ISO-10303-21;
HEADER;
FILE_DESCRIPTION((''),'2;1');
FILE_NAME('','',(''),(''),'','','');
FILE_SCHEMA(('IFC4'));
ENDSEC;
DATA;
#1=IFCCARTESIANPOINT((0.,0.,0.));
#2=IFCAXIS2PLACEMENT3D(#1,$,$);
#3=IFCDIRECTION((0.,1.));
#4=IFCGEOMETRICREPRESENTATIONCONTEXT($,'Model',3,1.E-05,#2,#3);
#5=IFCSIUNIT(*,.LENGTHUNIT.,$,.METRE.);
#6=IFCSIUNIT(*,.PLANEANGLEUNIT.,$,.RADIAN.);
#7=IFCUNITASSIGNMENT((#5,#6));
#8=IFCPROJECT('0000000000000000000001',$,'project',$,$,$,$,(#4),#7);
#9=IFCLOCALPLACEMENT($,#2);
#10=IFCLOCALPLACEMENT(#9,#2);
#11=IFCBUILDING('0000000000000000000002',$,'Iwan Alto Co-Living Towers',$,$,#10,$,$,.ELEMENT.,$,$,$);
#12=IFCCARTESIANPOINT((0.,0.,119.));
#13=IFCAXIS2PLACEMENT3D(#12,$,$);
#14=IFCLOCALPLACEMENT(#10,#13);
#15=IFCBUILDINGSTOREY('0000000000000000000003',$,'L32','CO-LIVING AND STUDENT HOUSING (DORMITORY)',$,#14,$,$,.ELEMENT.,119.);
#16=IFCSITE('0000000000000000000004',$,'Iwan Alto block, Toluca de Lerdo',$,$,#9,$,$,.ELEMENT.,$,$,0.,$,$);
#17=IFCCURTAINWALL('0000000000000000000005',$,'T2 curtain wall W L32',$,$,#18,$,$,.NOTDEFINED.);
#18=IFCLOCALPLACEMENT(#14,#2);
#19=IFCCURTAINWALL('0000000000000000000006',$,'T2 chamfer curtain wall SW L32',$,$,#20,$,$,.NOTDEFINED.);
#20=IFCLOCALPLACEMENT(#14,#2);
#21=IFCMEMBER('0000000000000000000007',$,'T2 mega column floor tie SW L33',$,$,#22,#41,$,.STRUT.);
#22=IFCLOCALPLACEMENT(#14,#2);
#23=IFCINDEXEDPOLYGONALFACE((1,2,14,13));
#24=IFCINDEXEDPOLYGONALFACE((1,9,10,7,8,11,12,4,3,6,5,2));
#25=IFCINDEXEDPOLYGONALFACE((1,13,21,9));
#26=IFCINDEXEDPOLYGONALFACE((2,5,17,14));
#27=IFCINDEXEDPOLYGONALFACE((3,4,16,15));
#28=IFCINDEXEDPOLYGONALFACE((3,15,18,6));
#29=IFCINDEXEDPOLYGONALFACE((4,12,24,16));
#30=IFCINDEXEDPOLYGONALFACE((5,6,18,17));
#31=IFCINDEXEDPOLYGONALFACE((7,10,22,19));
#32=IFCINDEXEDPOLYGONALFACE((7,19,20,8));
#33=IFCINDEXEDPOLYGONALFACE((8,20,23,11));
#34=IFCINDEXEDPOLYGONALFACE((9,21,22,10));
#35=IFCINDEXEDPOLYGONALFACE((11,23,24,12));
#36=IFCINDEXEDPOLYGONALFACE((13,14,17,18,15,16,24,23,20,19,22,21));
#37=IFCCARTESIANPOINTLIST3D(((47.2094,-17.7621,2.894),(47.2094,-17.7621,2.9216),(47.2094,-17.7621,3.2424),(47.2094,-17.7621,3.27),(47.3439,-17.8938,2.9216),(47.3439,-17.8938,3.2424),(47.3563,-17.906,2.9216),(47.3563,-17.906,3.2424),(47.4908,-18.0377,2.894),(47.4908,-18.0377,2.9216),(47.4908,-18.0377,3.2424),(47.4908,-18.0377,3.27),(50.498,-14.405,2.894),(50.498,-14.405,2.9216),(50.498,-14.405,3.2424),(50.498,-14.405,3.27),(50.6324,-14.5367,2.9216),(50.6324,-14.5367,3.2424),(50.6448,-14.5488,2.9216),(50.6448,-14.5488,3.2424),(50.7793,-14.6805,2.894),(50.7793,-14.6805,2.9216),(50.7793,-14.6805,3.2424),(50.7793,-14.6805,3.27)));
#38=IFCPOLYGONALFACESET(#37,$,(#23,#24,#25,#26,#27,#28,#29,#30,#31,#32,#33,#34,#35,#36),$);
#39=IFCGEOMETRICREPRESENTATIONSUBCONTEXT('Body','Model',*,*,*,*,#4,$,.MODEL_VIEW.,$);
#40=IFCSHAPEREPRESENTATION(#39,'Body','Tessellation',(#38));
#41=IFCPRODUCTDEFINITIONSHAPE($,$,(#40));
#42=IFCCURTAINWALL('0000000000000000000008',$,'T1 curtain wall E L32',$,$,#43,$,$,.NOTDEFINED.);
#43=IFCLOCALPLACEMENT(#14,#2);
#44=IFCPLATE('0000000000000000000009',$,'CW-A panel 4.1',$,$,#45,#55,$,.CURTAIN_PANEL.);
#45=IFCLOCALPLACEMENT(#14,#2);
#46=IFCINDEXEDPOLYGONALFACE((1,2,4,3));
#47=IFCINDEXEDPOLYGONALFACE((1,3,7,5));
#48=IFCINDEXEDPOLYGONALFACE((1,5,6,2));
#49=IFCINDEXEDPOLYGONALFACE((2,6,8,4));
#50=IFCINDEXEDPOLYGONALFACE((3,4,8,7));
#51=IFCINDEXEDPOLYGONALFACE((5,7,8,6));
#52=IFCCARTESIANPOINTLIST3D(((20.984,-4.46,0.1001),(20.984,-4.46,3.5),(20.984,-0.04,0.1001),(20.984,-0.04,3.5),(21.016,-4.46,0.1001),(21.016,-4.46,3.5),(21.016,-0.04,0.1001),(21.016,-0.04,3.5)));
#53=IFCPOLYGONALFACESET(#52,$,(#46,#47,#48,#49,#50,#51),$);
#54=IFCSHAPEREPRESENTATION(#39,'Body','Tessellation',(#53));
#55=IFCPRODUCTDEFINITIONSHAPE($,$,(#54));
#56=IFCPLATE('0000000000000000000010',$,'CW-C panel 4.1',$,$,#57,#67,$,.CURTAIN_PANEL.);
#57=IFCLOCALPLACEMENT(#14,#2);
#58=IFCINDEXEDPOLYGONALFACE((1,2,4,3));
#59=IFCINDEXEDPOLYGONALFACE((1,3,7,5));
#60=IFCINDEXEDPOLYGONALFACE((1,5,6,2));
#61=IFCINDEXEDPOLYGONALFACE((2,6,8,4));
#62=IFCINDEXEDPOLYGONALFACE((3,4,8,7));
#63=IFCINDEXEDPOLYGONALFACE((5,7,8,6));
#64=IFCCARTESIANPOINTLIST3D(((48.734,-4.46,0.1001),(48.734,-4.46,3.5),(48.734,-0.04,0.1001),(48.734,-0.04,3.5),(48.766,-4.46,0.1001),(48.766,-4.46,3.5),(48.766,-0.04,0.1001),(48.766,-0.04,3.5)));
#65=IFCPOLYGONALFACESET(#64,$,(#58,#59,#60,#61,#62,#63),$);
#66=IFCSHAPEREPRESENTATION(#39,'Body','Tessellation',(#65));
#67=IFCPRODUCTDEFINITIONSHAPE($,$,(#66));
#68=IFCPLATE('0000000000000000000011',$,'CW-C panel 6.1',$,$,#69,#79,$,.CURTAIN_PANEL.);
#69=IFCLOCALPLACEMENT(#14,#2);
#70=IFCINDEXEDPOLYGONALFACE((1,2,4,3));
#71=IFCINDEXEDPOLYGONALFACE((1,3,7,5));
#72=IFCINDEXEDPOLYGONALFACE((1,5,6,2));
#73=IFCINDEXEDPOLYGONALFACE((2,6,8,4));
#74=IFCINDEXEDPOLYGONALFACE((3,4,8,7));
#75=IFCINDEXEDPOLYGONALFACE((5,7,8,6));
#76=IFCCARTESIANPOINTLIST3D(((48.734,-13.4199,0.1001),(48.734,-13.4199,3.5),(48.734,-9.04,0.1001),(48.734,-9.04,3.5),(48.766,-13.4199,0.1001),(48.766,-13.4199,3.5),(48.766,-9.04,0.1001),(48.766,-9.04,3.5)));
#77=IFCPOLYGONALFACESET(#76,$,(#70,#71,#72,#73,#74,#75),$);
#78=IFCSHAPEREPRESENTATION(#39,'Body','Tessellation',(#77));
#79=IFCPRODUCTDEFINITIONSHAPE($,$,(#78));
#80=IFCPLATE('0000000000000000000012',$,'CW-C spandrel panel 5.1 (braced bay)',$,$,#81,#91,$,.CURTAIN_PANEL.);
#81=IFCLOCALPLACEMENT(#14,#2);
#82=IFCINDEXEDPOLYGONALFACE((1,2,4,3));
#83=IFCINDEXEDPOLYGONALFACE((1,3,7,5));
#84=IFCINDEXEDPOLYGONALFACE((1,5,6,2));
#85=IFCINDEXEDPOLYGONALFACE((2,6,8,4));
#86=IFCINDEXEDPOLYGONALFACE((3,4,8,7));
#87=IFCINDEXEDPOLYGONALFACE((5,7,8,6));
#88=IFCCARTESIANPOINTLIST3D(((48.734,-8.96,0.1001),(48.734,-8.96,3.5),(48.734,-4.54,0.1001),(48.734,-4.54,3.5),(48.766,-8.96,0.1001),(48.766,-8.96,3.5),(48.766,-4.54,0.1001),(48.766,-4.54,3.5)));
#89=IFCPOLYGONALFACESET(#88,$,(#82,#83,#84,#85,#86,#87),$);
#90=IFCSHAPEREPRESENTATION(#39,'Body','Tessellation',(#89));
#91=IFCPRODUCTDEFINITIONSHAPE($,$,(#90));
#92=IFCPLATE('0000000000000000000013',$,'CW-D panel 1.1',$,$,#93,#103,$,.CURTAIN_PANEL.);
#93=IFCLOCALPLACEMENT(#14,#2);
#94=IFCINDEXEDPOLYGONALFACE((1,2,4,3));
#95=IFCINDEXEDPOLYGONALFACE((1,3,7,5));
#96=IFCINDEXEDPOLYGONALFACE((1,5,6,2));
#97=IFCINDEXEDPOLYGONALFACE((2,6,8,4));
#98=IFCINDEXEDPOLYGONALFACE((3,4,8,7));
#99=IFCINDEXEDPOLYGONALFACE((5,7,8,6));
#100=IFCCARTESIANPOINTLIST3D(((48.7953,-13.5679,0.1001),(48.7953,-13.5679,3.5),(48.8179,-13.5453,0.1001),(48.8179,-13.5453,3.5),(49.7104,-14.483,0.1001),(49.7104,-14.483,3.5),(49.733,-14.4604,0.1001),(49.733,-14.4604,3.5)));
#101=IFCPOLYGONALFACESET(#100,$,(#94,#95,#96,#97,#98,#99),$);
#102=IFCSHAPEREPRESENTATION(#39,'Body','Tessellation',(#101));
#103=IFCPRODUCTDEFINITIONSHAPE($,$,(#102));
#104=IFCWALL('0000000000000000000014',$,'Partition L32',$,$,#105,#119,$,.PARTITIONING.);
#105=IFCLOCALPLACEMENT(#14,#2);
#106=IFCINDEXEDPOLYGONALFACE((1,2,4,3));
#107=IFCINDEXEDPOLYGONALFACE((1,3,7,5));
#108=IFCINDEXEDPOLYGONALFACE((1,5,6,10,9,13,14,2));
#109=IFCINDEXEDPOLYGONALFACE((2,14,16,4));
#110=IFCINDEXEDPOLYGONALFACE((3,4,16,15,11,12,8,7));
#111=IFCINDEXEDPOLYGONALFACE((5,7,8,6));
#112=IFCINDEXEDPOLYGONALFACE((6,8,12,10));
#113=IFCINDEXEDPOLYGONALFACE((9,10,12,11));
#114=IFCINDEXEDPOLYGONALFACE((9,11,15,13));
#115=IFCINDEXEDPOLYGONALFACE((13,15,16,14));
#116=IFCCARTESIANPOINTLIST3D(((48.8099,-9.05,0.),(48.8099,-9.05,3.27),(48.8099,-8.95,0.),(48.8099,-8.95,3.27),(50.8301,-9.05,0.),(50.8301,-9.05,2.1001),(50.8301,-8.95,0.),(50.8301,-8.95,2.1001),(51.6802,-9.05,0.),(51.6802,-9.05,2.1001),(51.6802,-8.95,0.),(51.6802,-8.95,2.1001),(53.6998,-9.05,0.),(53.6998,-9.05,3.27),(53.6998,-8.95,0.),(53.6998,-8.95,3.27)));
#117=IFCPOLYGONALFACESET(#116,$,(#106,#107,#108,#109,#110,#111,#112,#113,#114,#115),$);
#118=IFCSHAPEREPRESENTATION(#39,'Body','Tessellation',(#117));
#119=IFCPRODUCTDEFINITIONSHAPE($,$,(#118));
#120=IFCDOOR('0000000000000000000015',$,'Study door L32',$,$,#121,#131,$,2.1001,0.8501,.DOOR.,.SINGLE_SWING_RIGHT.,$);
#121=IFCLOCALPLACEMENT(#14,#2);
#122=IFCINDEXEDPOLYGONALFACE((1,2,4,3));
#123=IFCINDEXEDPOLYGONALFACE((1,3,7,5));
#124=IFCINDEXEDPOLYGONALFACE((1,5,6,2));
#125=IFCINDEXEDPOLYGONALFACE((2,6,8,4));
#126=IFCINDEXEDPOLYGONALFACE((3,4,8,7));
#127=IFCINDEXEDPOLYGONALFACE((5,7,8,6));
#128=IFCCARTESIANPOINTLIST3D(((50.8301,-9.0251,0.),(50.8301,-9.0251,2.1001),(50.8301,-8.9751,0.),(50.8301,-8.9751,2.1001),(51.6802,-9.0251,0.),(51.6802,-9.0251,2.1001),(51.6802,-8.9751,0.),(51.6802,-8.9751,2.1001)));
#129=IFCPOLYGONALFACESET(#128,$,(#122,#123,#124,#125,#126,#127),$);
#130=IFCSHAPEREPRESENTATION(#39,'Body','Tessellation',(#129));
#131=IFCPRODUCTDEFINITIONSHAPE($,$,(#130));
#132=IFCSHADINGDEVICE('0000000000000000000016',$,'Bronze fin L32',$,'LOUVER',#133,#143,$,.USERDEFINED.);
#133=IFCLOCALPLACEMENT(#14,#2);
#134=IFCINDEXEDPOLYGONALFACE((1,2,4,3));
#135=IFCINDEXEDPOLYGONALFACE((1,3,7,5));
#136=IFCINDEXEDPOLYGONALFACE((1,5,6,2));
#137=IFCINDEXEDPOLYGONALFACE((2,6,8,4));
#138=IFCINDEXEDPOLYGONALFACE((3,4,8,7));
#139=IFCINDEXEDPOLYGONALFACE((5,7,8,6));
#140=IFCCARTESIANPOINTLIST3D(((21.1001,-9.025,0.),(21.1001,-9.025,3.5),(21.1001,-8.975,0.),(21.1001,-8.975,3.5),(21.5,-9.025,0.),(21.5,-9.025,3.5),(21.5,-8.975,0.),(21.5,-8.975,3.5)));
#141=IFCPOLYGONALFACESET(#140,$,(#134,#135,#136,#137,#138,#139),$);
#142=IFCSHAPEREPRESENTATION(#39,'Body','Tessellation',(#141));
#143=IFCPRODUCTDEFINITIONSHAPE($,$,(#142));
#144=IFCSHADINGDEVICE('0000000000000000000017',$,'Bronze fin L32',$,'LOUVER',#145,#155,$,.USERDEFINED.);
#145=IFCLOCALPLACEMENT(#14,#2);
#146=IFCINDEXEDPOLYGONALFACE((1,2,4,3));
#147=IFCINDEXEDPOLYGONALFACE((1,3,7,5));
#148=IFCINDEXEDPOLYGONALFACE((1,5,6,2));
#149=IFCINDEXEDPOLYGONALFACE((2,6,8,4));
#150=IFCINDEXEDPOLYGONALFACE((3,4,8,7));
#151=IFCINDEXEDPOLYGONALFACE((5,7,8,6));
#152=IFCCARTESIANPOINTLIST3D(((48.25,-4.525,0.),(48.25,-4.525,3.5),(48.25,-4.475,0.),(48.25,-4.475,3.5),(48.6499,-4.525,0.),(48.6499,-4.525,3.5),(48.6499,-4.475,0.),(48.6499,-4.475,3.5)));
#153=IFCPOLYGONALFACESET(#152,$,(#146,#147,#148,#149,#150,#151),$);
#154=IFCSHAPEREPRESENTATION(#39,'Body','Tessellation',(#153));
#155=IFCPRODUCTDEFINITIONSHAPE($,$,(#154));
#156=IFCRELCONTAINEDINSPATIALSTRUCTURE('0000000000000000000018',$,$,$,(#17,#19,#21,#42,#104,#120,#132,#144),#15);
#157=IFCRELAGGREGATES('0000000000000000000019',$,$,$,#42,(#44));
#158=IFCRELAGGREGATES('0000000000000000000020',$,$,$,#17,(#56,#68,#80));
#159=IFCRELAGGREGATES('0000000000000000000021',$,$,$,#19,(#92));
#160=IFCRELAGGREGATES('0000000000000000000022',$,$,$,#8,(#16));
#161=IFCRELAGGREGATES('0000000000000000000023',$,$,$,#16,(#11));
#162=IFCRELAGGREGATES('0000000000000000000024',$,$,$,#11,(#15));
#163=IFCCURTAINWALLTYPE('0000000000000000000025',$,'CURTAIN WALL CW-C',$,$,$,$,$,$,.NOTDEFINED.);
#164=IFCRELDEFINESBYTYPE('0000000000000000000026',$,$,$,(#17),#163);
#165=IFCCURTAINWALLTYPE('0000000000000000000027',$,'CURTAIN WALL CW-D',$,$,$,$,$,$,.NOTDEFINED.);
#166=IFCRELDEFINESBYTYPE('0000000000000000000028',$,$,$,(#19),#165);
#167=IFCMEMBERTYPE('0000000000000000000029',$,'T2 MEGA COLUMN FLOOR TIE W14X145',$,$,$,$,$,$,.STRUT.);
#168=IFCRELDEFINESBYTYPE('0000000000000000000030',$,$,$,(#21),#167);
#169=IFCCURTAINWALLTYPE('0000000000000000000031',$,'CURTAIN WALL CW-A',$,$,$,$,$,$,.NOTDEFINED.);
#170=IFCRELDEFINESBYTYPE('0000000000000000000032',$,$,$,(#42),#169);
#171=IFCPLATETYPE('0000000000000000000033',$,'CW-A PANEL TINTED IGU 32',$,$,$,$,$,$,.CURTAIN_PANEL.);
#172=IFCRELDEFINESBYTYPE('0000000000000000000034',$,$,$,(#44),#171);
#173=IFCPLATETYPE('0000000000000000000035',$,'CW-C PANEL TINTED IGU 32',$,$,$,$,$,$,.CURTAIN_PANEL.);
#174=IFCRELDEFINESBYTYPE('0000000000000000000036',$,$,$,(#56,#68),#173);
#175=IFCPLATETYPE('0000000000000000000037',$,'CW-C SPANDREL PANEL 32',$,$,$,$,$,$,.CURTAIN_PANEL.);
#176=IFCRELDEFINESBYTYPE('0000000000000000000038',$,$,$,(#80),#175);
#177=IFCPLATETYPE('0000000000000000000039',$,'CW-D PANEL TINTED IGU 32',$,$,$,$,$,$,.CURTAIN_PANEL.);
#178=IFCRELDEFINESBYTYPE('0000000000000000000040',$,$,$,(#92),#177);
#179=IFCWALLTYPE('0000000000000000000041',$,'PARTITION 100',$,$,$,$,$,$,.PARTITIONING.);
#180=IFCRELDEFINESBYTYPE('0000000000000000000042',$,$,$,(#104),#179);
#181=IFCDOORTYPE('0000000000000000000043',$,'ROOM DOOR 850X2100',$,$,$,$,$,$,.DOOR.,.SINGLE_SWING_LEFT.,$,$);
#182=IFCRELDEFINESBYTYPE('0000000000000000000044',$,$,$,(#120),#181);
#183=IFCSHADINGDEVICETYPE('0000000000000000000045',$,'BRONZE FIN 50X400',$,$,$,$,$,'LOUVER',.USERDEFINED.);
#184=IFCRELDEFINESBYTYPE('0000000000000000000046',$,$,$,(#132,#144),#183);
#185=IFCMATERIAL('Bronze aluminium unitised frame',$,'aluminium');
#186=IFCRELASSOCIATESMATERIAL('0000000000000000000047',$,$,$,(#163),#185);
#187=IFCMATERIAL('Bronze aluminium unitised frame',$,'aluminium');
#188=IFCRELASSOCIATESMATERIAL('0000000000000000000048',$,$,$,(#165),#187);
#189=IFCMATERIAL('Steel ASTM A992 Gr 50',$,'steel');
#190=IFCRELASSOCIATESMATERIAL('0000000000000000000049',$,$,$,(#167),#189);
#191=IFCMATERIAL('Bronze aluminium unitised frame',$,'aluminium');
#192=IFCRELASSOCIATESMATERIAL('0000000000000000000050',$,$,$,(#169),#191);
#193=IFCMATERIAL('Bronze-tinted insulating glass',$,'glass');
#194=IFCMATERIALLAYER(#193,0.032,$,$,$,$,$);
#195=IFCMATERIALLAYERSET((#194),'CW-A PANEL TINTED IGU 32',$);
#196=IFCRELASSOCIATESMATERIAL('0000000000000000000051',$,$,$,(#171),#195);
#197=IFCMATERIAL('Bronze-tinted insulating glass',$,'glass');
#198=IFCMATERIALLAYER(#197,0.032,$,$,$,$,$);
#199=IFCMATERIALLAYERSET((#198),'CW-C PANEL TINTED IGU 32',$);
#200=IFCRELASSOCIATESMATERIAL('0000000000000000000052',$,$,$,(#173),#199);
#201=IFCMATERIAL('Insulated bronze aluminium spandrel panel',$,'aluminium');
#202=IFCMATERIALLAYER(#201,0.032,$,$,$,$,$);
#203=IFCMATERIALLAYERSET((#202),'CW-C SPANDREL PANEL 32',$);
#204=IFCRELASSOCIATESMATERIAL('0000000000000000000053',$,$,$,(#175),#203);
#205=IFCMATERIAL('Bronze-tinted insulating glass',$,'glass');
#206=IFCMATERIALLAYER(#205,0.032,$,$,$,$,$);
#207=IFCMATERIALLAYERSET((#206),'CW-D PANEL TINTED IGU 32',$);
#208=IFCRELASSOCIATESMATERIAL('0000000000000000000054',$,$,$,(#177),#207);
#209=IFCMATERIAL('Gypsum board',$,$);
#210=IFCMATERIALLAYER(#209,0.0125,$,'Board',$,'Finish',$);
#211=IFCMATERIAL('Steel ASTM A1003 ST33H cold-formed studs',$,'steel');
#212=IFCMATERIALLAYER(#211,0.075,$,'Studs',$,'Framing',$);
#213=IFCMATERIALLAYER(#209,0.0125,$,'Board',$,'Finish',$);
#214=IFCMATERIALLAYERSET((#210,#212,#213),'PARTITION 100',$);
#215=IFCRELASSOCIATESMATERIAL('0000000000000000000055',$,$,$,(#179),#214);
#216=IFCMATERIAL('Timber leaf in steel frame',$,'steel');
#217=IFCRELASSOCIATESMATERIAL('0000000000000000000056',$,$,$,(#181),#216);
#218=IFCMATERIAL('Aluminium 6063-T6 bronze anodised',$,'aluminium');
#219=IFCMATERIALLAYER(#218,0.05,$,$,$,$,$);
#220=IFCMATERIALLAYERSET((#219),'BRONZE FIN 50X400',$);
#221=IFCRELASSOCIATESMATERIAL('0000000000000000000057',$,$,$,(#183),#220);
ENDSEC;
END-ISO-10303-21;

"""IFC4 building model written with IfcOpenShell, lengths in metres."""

from ifc_helpers import new_model, si_unit, direction, frame, frame_2d, origin, origin_2d, place, context, subcontext, project, spatial, rectangle, i_section, extrude, material, layer, layer_set, material_profile, profile_set, type_object, element, fill, aggregate, save


model = new_model("IFC4")

# Units and contexts
model_context = context("Model", 3, precision=1e-05, world=origin(), true_north=direction((0.0, 1.0)))
body_context = subcontext(model_context, "Body", "Model", "MODEL_VIEW")
ifc_project = project(units=[si_unit("LENGTHUNIT", "METRE"), si_unit("PLANEANGLEUNIT", "RADIAN")], contexts=[model_context])

# Site, building, storey
site_placement = place(None, origin())
site = spatial("IfcSite", under=ifc_project, at=site_placement, Name="Iwan Alto block, Toluca de Lerdo", CompositionType="ELEMENT", RefElevation=0.0)
building_placement = place(site_placement, origin())
building = spatial("IfcBuilding", under=site, at=building_placement, Name="Iwan Alto Co-Living Towers", CompositionType="ELEMENT")
storey_placement = place(building_placement, frame((0.0, 0.0, 119.0)))
storey = spatial("IfcBuildingStorey", under=building, at=storey_placement, Name="L32", Description="CO-LIVING AND STUDENT HOUSING (DORMITORY)", CompositionType="ELEMENT", Elevation=119.0)

# Curtain walls
ifc_material_1 = material(Name="Bronze aluminium unitised frame", Category="aluminium")
curtain_wall_type_1 = type_object("IfcCurtainWallType", Name="CURTAIN WALL CW-C", PredefinedType="NOTDEFINED", material=ifc_material_1)
curtain_wall_1_placement = place(storey_placement, origin())
curtain_wall_1 = element("IfcCurtainWall", 1, at=curtain_wall_1_placement, inside=storey, type_object=curtain_wall_type_1, Name="T2 curtain wall W L32", PredefinedType="NOTDEFINED")
ifc_material_2 = material(Name="Bronze aluminium unitised frame", Category="aluminium")
curtain_wall_type_2 = type_object("IfcCurtainWallType", Name="CURTAIN WALL CW-D", PredefinedType="NOTDEFINED", material=ifc_material_2)
curtain_wall_2_placement = place(storey_placement, origin())
curtain_wall_2 = element("IfcCurtainWall", 2, at=curtain_wall_2_placement, inside=storey, type_object=curtain_wall_type_2, Name="T2 chamfer curtain wall SW L32", PredefinedType="NOTDEFINED")

# Member
ifc_material_3 = material(Name="Steel ASTM A992 Gr 50", Category="steel")
ifc_material_profile_1 = material_profile(ifc_material_3, i_section(OverallWidth=0.3938, OverallDepth=0.376, WebThickness=0.0173, FlangeThickness=0.0276, at=origin_2d()), Name="W14X145")
ifc_profile_set_1 = profile_set([ifc_material_profile_1], Name="Steel ASTM A992 Gr 50")
member_type_1 = type_object("IfcMemberType", Name="T2 MEGA COLUMN FLOOR TIE W14X145", PredefinedType="STRUT", material=ifc_profile_set_1)
member_1_placement = place(storey_placement, frame((47.3501, -17.8999, 3.082), z_axis=(0.69977, 0.714368, 0.0), x_axis=(-0.714368, 0.69977, 0.0)))
element("IfcMember", 3, at=member_1_placement, inside=storey, type_object=member_type_1, Name="T2 mega column floor tie SW L33", PredefinedType="STRUT", context=body_context, shape_type="SweptSolid", body=[
    extrude(i_section(OverallWidth=0.3938, OverallDepth=0.376, WebThickness=0.0173, FlangeThickness=0.0276, at=origin_2d()), origin(), (0.0, 0.0, 1.0), 4.6995),
])

# Curtain wall, plate
ifc_material_4 = material(Name="Bronze aluminium unitised frame", Category="aluminium")
curtain_wall_type_3 = type_object("IfcCurtainWallType", Name="CURTAIN WALL CW-A", PredefinedType="NOTDEFINED", material=ifc_material_4)
curtain_wall_3_placement = place(storey_placement, origin())
curtain_wall_3 = element("IfcCurtainWall", 4, at=curtain_wall_3_placement, inside=storey, type_object=curtain_wall_type_3, Name="T1 curtain wall E L32", PredefinedType="NOTDEFINED")
ifc_material_5 = material(Name="Bronze-tinted insulating glass", Category="glass")
ifc_layer_1 = layer(ifc_material_5, 0.032)
ifc_layer_set_1 = layer_set([ifc_layer_1], Name="CW-A PANEL TINTED IGU 32")
plate_type_1 = type_object("IfcPlateType", Name="CW-A PANEL TINTED IGU 32", PredefinedType="CURTAIN_PANEL", material=ifc_layer_set_1)
plate_1_placement = place(storey_placement, frame((21.0, -2.25, 0.1001), z_axis=(0.0, 0.0, 1.0), x_axis=(0.0, 1.0, 0.0)))
plate_1 = element("IfcPlate", 5, at=plate_1_placement, type_object=plate_type_1, Name="CW-A panel 4.1", PredefinedType="CURTAIN_PANEL", context=body_context, shape_type="SweptSolid", body=[
    extrude(rectangle(XDim=4.4199, YDim=0.032, at=origin_2d()), origin(), (0.0, 0.0, 1.0), 3.3999),
])
aggregate(curtain_wall_3, [plate_1])

# Plates
ifc_material_6 = material(Name="Bronze-tinted insulating glass", Category="glass")
ifc_layer_2 = layer(ifc_material_6, 0.032)
ifc_layer_set_2 = layer_set([ifc_layer_2], Name="CW-C PANEL TINTED IGU 32")
plate_type_2 = type_object("IfcPlateType", Name="CW-C PANEL TINTED IGU 32", PredefinedType="CURTAIN_PANEL", material=ifc_layer_set_2)
plate_2_placement = place(storey_placement, frame((48.75, -2.25, 0.1001), z_axis=(0.0, 0.0, 1.0), x_axis=(0.0, -1.0, 0.0)))
plate_2 = element("IfcPlate", 6, at=plate_2_placement, type_object=plate_type_2, Name="CW-C panel 4.1", PredefinedType="CURTAIN_PANEL", context=body_context, shape_type="SweptSolid", body=[
    extrude(rectangle(XDim=4.4199, YDim=0.032, at=origin_2d()), origin(), (0.0, 0.0, 1.0), 3.3999),
])
plate_3_placement = place(storey_placement, frame((48.75, -11.23, 0.1001), z_axis=(0.0, 0.0, 1.0), x_axis=(0.0, -1.0, 0.0)))
plate_3 = element("IfcPlate", 7, at=plate_3_placement, type_object=plate_type_2, Name="CW-C panel 6.1", PredefinedType="CURTAIN_PANEL", context=body_context, shape_type="SweptSolid", body=[
    extrude(rectangle(XDim=4.3799, YDim=0.032, at=origin_2d()), origin(), (0.0, 0.0, 1.0), 3.3999),
])
ifc_material_7 = material(Name="Insulated bronze aluminium spandrel panel", Category="aluminium")
ifc_layer_3 = layer(ifc_material_7, 0.032)
ifc_layer_set_3 = layer_set([ifc_layer_3], Name="CW-C SPANDREL PANEL 32")
plate_type_3 = type_object("IfcPlateType", Name="CW-C SPANDREL PANEL 32", PredefinedType="CURTAIN_PANEL", material=ifc_layer_set_3)
plate_4_placement = place(storey_placement, frame((48.75, -6.75, 0.1001), z_axis=(0.0, 0.0, 1.0), x_axis=(0.0, -1.0, 0.0)))
plate_4 = element("IfcPlate", 8, at=plate_4_placement, type_object=plate_type_3, Name="CW-C spandrel panel 5.1 (braced bay)", PredefinedType="CURTAIN_PANEL", context=body_context, shape_type="SweptSolid", body=[
    extrude(rectangle(XDim=4.4199, YDim=0.032, at=origin_2d()), origin(), (0.0, 0.0, 1.0), 3.3999),
])
aggregate(curtain_wall_1, [plate_2, plate_3, plate_4])
ifc_material_8 = material(Name="Bronze-tinted insulating glass", Category="glass")
ifc_layer_4 = layer(ifc_material_8, 0.032)
ifc_layer_set_4 = layer_set([ifc_layer_4], Name="CW-D PANEL TINTED IGU 32")
plate_type_4 = type_object("IfcPlateType", Name="CW-D PANEL TINTED IGU 32", PredefinedType="CURTAIN_PANEL", material=ifc_layer_set_4)
plate_5_placement = place(storey_placement, frame((49.2642, -14.0142, 0.1001), z_axis=(0.0, 0.0, 1.0), x_axis=(0.707107, -0.707107, 0.0)))
plate_5 = element("IfcPlate", 9, at=plate_5_placement, type_object=plate_type_4, Name="CW-D panel 1.1", PredefinedType="CURTAIN_PANEL", context=body_context, shape_type="SweptSolid", body=[
    extrude(rectangle(XDim=1.2942, YDim=0.032, at=origin_2d()), origin(), (0.0, 0.0, 1.0), 3.3999),
])
aggregate(curtain_wall_2, [plate_5])

# Wall, opening, door
ifc_material_9 = material(Name="Gypsum board")
ifc_layer_5 = layer(ifc_material_9, 0.0125, Name="Board", Category="Finish")
ifc_material_10 = material(Name="Steel ASTM A1003 ST33H cold-formed studs", Category="steel")
ifc_layer_6 = layer(ifc_material_10, 0.075, Name="Studs", Category="Framing")
ifc_layer_7 = layer(ifc_material_9, 0.0125, Name="Board", Category="Finish")
ifc_layer_set_5 = layer_set([ifc_layer_5, ifc_layer_6, ifc_layer_7], Name="PARTITION 100")
wall_type = type_object("IfcWallType", Name="PARTITION 100", PredefinedType="PARTITIONING", material=ifc_layer_set_5)
wall_placement = place(storey_placement, frame((48.8101, -9.0, 0.0), z_axis=(0.0, 0.0, 1.0), x_axis=(1.0, 0.0, 0.0)))
wall = element("IfcWall", 10, at=wall_placement, inside=storey, type_object=wall_type, Name="Partition L32", PredefinedType="PARTITIONING", context=body_context, shape_type="SweptSolid", body=[
    extrude(rectangle(XDim=4.8899, YDim=0.1001, at=frame_2d((2.4448, 0.0))), origin(), (0.0, 0.0, 1.0), 3.27),
])
opening_placement = place(wall_placement, frame((2.02, 0.0, 0.0)))
opening = element("IfcOpeningElement", 11, at=opening_placement, cuts=wall, PredefinedType="OPENING", context=body_context, shape_type="SweptSolid", body=[
    extrude(rectangle(XDim=0.8501, YDim=2.1001, at=frame_2d((0.425, 1.05))), frame((0.0, 0.0601, 0.0), z_axis=(0.0, -1.0, 0.0), x_axis=(1.0, 0.0, 0.0)), (0.0, 0.0, 1.0), 0.1201),
])
ifc_material_11 = material(Name="Timber leaf in steel frame", Category="steel")
door_type = type_object("IfcDoorType", Name="ROOM DOOR 850X2100", OperationType="SINGLE_SWING_LEFT", PredefinedType="DOOR", material=ifc_material_11)
door_placement = place(opening_placement, origin())
door = element("IfcDoor", 12, at=door_placement, inside=storey, type_object=door_type, Name="Study door L32", OperationType="SINGLE_SWING_RIGHT", OverallHeight=2.1001, OverallWidth=0.8501, PredefinedType="DOOR", context=body_context, shape_type="SweptSolid", body=[
    extrude(rectangle(XDim=0.8501, YDim=2.1001, at=frame_2d((0.425, 1.05))), frame((0.0, 0.0249, 0.0), z_axis=(0.0, -1.0, 0.0), x_axis=(1.0, 0.0, 0.0)), (0.0, 0.0, 1.0), 0.05),
])
fill(opening, door)

# Shading devices
ifc_material_12 = material(Name="Aluminium 6063-T6 bronze anodised", Category="aluminium")
ifc_layer_8 = layer(ifc_material_12, 0.05)
ifc_layer_set_6 = layer_set([ifc_layer_8], Name="BRONZE FIN 50X400")
shading_device_type = type_object("IfcShadingDeviceType", Name="BRONZE FIN 50X400", ElementType="LOUVER", PredefinedType="USERDEFINED", material=ifc_layer_set_6)
for number, where, z_axis, x_axis, name in (
    (13, (21.3, -9.0, 0.0), (0.0, 0.0, 1.0), (0.0, 1.0, 0.0), "Bronze fin L32"),
    (14, (48.45, -4.5, 0.0), (0.0, 0.0, 1.0), (0.0, -1.0, 0.0), "Bronze fin L32"),
):
    element("IfcShadingDevice", number, at=place(storey_placement, frame(where, z_axis=z_axis, x_axis=x_axis)), inside=storey, type_object=shading_device_type, Name=name, ObjectType="LOUVER", PredefinedType="USERDEFINED", context=body_context, shape_type="SweptSolid", body=[
        extrude(rectangle(XDim=0.05, YDim=0.3999, at=origin_2d()), origin(), (0.0, 0.0, 1.0), 3.5),
    ])

save(model, "model.ifc")
